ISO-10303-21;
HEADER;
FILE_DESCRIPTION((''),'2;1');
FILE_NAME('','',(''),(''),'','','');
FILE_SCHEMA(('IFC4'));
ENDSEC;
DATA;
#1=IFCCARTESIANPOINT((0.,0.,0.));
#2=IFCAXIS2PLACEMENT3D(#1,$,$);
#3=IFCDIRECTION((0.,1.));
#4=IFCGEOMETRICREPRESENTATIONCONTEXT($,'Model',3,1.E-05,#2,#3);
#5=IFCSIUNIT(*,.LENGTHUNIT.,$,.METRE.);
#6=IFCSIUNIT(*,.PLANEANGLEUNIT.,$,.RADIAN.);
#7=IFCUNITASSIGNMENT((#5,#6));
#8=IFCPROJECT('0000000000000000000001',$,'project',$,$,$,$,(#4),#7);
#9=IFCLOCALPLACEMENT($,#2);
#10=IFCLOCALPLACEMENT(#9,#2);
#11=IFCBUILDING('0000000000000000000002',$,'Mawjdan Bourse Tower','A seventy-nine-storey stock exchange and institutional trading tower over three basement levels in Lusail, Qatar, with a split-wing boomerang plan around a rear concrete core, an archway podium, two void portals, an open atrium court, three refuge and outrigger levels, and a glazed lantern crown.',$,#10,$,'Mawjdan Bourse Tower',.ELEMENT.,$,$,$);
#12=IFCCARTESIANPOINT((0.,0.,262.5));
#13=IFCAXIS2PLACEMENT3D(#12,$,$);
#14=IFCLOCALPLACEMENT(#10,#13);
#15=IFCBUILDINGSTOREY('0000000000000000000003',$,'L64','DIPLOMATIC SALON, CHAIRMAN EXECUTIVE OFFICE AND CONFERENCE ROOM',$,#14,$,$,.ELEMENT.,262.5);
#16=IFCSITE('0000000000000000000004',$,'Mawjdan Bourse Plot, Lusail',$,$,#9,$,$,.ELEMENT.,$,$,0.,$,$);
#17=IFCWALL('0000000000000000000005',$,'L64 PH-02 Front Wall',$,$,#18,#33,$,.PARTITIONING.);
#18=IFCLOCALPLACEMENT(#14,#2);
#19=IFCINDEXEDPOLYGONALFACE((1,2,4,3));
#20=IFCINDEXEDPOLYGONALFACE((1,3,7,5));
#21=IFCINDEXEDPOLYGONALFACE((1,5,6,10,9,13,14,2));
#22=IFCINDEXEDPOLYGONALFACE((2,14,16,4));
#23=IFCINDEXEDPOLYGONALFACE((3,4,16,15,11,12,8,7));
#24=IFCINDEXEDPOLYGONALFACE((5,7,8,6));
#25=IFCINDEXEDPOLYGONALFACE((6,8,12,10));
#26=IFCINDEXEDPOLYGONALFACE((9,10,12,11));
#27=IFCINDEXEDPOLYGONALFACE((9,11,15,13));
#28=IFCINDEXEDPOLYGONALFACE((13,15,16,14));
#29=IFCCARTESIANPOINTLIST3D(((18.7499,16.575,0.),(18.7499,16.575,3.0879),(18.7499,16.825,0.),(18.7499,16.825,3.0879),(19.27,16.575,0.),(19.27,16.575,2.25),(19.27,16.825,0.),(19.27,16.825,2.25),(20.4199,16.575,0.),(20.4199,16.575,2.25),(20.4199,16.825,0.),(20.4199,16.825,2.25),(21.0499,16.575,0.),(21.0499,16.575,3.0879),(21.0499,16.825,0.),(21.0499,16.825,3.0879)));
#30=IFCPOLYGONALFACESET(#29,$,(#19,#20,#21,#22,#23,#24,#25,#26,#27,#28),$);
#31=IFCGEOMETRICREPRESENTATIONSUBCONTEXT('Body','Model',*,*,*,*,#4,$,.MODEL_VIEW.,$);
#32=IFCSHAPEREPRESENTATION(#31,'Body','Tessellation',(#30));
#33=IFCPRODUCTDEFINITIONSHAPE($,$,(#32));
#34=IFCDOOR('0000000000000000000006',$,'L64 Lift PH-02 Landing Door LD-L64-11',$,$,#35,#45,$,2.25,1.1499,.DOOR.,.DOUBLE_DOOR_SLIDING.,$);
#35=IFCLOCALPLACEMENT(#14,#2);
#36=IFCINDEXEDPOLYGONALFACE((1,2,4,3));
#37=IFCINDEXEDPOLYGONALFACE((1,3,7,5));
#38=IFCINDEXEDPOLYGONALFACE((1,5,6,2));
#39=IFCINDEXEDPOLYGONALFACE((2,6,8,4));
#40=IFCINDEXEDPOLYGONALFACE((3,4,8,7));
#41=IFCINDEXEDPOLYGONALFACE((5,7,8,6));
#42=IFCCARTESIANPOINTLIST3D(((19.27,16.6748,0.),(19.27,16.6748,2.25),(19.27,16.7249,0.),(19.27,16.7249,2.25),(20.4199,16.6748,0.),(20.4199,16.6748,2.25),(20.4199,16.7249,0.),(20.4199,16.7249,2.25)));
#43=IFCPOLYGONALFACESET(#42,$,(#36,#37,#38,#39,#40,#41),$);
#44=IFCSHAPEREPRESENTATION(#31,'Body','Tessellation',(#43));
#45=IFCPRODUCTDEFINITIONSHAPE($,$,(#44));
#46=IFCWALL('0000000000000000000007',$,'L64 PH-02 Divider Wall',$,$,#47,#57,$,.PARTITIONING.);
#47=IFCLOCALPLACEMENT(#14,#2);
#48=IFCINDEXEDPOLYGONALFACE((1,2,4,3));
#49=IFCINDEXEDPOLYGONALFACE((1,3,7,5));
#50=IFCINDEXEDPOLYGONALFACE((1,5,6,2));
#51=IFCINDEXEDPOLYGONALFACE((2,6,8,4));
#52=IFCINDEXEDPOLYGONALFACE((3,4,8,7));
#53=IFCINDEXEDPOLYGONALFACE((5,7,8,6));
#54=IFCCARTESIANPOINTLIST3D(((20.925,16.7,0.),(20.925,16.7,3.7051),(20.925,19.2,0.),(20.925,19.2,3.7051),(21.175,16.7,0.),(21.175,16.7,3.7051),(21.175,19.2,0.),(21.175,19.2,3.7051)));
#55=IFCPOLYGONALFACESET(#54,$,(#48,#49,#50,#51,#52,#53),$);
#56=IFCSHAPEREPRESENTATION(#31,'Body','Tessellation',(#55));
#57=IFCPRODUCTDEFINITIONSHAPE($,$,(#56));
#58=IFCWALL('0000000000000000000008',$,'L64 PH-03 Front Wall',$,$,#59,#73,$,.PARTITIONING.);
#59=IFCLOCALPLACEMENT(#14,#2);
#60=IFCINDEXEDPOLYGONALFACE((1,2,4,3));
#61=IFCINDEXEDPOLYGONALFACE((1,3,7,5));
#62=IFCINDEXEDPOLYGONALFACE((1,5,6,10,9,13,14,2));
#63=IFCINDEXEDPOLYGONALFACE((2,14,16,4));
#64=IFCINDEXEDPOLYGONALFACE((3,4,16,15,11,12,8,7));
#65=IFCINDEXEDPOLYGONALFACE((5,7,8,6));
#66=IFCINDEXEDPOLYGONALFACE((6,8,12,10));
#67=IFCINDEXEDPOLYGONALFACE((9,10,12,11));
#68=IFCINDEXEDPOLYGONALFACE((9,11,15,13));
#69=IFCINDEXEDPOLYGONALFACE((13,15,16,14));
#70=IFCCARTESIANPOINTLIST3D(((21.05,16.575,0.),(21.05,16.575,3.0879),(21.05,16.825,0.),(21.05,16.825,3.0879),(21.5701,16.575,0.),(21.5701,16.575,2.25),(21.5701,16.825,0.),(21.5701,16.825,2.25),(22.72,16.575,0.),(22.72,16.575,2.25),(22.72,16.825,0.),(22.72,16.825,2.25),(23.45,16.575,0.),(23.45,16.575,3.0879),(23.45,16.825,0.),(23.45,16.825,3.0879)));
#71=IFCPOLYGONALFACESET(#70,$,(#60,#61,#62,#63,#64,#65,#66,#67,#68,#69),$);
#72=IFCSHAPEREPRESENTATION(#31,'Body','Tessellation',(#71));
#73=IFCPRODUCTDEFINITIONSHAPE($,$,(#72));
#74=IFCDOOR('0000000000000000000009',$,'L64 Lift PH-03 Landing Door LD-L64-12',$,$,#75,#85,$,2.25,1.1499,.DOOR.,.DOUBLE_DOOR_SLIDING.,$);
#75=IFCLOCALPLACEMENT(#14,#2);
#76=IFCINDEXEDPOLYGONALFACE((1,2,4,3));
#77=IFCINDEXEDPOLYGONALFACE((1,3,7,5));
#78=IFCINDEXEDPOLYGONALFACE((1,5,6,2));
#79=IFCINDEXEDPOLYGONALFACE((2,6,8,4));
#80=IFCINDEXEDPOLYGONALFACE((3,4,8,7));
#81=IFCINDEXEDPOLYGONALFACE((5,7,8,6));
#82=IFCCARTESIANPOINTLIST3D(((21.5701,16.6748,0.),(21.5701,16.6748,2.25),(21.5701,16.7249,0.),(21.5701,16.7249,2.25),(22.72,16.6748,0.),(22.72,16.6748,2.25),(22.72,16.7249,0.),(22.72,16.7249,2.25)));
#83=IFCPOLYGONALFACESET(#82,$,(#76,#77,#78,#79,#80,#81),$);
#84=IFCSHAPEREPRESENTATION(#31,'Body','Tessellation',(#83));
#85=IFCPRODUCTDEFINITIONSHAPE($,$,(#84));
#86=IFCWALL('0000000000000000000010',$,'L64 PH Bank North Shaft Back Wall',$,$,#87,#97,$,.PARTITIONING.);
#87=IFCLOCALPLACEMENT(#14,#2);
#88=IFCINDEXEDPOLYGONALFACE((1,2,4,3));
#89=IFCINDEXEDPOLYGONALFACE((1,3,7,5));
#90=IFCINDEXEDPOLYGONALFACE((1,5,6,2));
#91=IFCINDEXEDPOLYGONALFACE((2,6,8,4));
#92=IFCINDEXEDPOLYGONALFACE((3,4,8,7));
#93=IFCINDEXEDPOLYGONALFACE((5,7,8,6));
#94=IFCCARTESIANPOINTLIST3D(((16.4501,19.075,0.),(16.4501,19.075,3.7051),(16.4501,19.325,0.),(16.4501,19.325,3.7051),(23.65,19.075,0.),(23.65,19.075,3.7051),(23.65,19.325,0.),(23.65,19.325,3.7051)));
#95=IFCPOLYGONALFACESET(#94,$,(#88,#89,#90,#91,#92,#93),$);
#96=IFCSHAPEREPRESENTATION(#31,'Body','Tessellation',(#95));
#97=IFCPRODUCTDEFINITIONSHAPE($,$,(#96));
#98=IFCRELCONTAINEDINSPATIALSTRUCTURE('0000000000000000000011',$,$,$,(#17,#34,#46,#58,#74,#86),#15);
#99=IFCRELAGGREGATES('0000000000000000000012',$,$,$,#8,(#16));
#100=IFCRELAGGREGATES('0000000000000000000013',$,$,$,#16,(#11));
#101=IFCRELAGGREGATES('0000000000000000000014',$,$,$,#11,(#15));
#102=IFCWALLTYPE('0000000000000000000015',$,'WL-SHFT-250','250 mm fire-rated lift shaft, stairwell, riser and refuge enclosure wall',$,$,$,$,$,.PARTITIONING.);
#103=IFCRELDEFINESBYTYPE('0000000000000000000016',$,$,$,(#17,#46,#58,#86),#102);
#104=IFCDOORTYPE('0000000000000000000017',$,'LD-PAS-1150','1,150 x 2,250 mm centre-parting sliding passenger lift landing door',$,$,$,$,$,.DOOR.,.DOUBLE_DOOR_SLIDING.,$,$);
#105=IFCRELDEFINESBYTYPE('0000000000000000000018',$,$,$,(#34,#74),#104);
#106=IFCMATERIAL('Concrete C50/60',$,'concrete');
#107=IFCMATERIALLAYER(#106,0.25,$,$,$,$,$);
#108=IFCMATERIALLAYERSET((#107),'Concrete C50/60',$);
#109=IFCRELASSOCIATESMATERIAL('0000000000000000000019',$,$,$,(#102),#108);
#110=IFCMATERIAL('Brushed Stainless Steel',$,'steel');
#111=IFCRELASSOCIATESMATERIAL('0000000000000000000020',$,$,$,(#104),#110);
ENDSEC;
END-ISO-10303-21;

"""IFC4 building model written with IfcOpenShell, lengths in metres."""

from ifc_helpers import new_model, si_unit, direction, frame, frame_2d, origin, place, context, subcontext, project, spatial, rectangle, extrude, material, layer, layer_set, type_object, element, fill, save


model = new_model("IFC4")

# Units and contexts
model_context = context("Model", 3, precision=1e-05, world=origin(), true_north=direction((0.0, 1.0)))
body_context = subcontext(model_context, "Body", "Model", "MODEL_VIEW")
ifc_project = project(units=[si_unit("LENGTHUNIT", "METRE"), si_unit("PLANEANGLEUNIT", "RADIAN")], contexts=[model_context])

# Site, building, storey
site_placement = place(None, origin())
site = spatial("IfcSite", under=ifc_project, at=site_placement, Name="Mawjdan Bourse Plot, Lusail", CompositionType="ELEMENT", RefElevation=0.0)
building_placement = place(site_placement, origin())
building = spatial("IfcBuilding", under=site, at=building_placement, Name="Mawjdan Bourse Tower", Description="A seventy-nine-storey stock exchange and institutional trading tower over three basement levels in Lusail, Qatar, with a split-wing boomerang plan around a rear concrete core, an archway podium, two void portals, an open atrium court, three refuge and outrigger levels, and a glazed lantern crown.", LongName="Mawjdan Bourse Tower", CompositionType="ELEMENT")
storey_placement = place(building_placement, frame((0.0, 0.0, 262.5)))
storey = spatial("IfcBuildingStorey", under=building, at=storey_placement, Name="L64", Description="DIPLOMATIC SALON, CHAIRMAN EXECUTIVE OFFICE AND CONFERENCE ROOM", CompositionType="ELEMENT", Elevation=262.5)

# Shared definitions
ifc_material_1 = material(Name="Concrete C50/60", Category="concrete")
ifc_layer_1 = layer(ifc_material_1, 0.25)
ifc_layer_set_1 = layer_set([ifc_layer_1], Name="Concrete C50/60")
wall_type_1 = type_object("IfcWallType", Name="WL-SHFT-250", Description="250 mm fire-rated lift shaft, stairwell, riser and refuge enclosure wall", PredefinedType="PARTITIONING", material=ifc_layer_set_1)

# Shared definitions
ifc_material_2 = material(Name="Brushed Stainless Steel", Category="steel")
door_type_1 = type_object("IfcDoorType", Name="LD-PAS-1150", Description="1,150 x 2,250 mm centre-parting sliding passenger lift landing door", OperationType="DOUBLE_DOOR_SLIDING", PredefinedType="DOOR", material=ifc_material_2)

# Wall, opening, door
wall_1_placement = place(storey_placement, frame((18.75, 16.7, 0.0), z_axis=(0.0, 0.0, 1.0), x_axis=(1.0, 0.0, 0.0)))
wall_1 = element("IfcWall", 1, at=wall_1_placement, inside=storey, type_object=wall_type_1, Name="L64 PH-02 Front Wall", PredefinedType="PARTITIONING", context=body_context, shape_type="SweptSolid", body=[
    extrude(rectangle(XDim=2.3, YDim=0.25, at=frame_2d((1.1499, 0.0))), origin(), (0.0, 0.0, 1.0), 3.0879),
])
opening_1_placement = place(wall_1_placement, frame((0.52, 0.0, 0.0)))
opening_1 = element("IfcOpeningElement", 2, at=opening_1_placement, cuts=wall_1, PredefinedType="OPENING", context=body_context, shape_type="SweptSolid", body=[
    extrude(rectangle(XDim=1.1499, YDim=2.25, at=frame_2d((0.575, 1.125))), frame((0.0, 0.135, 0.0), z_axis=(0.0, -1.0, 0.0), x_axis=(1.0, 0.0, 0.0)), (0.0, 0.0, 1.0), 0.27),
])
door_1_placement = place(opening_1_placement, origin())
door_1 = element("IfcDoor", 3, at=door_1_placement, inside=storey, type_object=door_type_1, Name="L64 Lift PH-02 Landing Door LD-L64-11", OperationType="DOUBLE_DOOR_SLIDING", OverallHeight=2.25, OverallWidth=1.1499, PredefinedType="DOOR", context=body_context, shape_type="SweptSolid", body=[
    extrude(rectangle(XDim=1.1499, YDim=2.25, at=frame_2d((0.575, 1.125))), frame((0.0, 0.0249, 0.0), z_axis=(0.0, -1.0, 0.0), x_axis=(1.0, 0.0, 0.0)), (0.0, 0.0, 1.0), 0.05),
])
fill(opening_1, door_1)

# Wall
wall_2_placement = place(storey_placement, frame((21.05, 16.7, 0.0), z_axis=(0.0, 0.0, 1.0), x_axis=(0.0, 1.0, 0.0)))
element("IfcWall", 4, at=wall_2_placement, inside=storey, type_object=wall_type_1, Name="L64 PH-02 Divider Wall", PredefinedType="PARTITIONING", context=body_context, shape_type="SweptSolid", body=[
    extrude(rectangle(XDim=2.5, YDim=0.25, at=frame_2d((1.25, 0.0))), origin(), (0.0, 0.0, 1.0), 3.7051),
])

# Wall, opening, door
wall_3_placement = place(storey_placement, frame((21.05, 16.7, 0.0), z_axis=(0.0, 0.0, 1.0), x_axis=(1.0, 0.0, 0.0)))
wall_3 = element("IfcWall", 5, at=wall_3_placement, inside=storey, type_object=wall_type_1, Name="L64 PH-03 Front Wall", PredefinedType="PARTITIONING", context=body_context, shape_type="SweptSolid", body=[
    extrude(rectangle(XDim=2.3999, YDim=0.25, at=frame_2d((1.2, 0.0))), origin(), (0.0, 0.0, 1.0), 3.0879),
])
opening_2_placement = place(wall_3_placement, frame((0.52, 0.0, 0.0)))
opening_2 = element("IfcOpeningElement", 6, at=opening_2_placement, cuts=wall_3, PredefinedType="OPENING", context=body_context, shape_type="SweptSolid", body=[
    extrude(rectangle(XDim=1.1499, YDim=2.25, at=frame_2d((0.575, 1.125))), frame((0.0, 0.135, 0.0), z_axis=(0.0, -1.0, 0.0), x_axis=(1.0, 0.0, 0.0)), (0.0, 0.0, 1.0), 0.27),
])
door_2_placement = place(opening_2_placement, origin())
door_2 = element("IfcDoor", 7, at=door_2_placement, inside=storey, type_object=door_type_1, Name="L64 Lift PH-03 Landing Door LD-L64-12", OperationType="DOUBLE_DOOR_SLIDING", OverallHeight=2.25, OverallWidth=1.1499, PredefinedType="DOOR", context=body_context, shape_type="SweptSolid", body=[
    extrude(rectangle(XDim=1.1499, YDim=2.25, at=frame_2d((0.575, 1.125))), frame((0.0, 0.0249, 0.0), z_axis=(0.0, -1.0, 0.0), x_axis=(1.0, 0.0, 0.0)), (0.0, 0.0, 1.0), 0.05),
])
fill(opening_2, door_2)

# Wall
wall_4_placement = place(storey_placement, frame((16.45, 19.2, 0.0), z_axis=(0.0, 0.0, 1.0), x_axis=(1.0, 0.0, 0.0)))
element("IfcWall", 8, at=wall_4_placement, inside=storey, type_object=wall_type_1, Name="L64 PH Bank North Shaft Back Wall", PredefinedType="PARTITIONING", context=body_context, shape_type="SweptSolid", body=[
    extrude(rectangle(XDim=7.2, YDim=0.25, at=frame_2d((3.6001, 0.0))), origin(), (0.0, 0.0, 1.0), 3.7051),
])

save(model, "model.ifc")
